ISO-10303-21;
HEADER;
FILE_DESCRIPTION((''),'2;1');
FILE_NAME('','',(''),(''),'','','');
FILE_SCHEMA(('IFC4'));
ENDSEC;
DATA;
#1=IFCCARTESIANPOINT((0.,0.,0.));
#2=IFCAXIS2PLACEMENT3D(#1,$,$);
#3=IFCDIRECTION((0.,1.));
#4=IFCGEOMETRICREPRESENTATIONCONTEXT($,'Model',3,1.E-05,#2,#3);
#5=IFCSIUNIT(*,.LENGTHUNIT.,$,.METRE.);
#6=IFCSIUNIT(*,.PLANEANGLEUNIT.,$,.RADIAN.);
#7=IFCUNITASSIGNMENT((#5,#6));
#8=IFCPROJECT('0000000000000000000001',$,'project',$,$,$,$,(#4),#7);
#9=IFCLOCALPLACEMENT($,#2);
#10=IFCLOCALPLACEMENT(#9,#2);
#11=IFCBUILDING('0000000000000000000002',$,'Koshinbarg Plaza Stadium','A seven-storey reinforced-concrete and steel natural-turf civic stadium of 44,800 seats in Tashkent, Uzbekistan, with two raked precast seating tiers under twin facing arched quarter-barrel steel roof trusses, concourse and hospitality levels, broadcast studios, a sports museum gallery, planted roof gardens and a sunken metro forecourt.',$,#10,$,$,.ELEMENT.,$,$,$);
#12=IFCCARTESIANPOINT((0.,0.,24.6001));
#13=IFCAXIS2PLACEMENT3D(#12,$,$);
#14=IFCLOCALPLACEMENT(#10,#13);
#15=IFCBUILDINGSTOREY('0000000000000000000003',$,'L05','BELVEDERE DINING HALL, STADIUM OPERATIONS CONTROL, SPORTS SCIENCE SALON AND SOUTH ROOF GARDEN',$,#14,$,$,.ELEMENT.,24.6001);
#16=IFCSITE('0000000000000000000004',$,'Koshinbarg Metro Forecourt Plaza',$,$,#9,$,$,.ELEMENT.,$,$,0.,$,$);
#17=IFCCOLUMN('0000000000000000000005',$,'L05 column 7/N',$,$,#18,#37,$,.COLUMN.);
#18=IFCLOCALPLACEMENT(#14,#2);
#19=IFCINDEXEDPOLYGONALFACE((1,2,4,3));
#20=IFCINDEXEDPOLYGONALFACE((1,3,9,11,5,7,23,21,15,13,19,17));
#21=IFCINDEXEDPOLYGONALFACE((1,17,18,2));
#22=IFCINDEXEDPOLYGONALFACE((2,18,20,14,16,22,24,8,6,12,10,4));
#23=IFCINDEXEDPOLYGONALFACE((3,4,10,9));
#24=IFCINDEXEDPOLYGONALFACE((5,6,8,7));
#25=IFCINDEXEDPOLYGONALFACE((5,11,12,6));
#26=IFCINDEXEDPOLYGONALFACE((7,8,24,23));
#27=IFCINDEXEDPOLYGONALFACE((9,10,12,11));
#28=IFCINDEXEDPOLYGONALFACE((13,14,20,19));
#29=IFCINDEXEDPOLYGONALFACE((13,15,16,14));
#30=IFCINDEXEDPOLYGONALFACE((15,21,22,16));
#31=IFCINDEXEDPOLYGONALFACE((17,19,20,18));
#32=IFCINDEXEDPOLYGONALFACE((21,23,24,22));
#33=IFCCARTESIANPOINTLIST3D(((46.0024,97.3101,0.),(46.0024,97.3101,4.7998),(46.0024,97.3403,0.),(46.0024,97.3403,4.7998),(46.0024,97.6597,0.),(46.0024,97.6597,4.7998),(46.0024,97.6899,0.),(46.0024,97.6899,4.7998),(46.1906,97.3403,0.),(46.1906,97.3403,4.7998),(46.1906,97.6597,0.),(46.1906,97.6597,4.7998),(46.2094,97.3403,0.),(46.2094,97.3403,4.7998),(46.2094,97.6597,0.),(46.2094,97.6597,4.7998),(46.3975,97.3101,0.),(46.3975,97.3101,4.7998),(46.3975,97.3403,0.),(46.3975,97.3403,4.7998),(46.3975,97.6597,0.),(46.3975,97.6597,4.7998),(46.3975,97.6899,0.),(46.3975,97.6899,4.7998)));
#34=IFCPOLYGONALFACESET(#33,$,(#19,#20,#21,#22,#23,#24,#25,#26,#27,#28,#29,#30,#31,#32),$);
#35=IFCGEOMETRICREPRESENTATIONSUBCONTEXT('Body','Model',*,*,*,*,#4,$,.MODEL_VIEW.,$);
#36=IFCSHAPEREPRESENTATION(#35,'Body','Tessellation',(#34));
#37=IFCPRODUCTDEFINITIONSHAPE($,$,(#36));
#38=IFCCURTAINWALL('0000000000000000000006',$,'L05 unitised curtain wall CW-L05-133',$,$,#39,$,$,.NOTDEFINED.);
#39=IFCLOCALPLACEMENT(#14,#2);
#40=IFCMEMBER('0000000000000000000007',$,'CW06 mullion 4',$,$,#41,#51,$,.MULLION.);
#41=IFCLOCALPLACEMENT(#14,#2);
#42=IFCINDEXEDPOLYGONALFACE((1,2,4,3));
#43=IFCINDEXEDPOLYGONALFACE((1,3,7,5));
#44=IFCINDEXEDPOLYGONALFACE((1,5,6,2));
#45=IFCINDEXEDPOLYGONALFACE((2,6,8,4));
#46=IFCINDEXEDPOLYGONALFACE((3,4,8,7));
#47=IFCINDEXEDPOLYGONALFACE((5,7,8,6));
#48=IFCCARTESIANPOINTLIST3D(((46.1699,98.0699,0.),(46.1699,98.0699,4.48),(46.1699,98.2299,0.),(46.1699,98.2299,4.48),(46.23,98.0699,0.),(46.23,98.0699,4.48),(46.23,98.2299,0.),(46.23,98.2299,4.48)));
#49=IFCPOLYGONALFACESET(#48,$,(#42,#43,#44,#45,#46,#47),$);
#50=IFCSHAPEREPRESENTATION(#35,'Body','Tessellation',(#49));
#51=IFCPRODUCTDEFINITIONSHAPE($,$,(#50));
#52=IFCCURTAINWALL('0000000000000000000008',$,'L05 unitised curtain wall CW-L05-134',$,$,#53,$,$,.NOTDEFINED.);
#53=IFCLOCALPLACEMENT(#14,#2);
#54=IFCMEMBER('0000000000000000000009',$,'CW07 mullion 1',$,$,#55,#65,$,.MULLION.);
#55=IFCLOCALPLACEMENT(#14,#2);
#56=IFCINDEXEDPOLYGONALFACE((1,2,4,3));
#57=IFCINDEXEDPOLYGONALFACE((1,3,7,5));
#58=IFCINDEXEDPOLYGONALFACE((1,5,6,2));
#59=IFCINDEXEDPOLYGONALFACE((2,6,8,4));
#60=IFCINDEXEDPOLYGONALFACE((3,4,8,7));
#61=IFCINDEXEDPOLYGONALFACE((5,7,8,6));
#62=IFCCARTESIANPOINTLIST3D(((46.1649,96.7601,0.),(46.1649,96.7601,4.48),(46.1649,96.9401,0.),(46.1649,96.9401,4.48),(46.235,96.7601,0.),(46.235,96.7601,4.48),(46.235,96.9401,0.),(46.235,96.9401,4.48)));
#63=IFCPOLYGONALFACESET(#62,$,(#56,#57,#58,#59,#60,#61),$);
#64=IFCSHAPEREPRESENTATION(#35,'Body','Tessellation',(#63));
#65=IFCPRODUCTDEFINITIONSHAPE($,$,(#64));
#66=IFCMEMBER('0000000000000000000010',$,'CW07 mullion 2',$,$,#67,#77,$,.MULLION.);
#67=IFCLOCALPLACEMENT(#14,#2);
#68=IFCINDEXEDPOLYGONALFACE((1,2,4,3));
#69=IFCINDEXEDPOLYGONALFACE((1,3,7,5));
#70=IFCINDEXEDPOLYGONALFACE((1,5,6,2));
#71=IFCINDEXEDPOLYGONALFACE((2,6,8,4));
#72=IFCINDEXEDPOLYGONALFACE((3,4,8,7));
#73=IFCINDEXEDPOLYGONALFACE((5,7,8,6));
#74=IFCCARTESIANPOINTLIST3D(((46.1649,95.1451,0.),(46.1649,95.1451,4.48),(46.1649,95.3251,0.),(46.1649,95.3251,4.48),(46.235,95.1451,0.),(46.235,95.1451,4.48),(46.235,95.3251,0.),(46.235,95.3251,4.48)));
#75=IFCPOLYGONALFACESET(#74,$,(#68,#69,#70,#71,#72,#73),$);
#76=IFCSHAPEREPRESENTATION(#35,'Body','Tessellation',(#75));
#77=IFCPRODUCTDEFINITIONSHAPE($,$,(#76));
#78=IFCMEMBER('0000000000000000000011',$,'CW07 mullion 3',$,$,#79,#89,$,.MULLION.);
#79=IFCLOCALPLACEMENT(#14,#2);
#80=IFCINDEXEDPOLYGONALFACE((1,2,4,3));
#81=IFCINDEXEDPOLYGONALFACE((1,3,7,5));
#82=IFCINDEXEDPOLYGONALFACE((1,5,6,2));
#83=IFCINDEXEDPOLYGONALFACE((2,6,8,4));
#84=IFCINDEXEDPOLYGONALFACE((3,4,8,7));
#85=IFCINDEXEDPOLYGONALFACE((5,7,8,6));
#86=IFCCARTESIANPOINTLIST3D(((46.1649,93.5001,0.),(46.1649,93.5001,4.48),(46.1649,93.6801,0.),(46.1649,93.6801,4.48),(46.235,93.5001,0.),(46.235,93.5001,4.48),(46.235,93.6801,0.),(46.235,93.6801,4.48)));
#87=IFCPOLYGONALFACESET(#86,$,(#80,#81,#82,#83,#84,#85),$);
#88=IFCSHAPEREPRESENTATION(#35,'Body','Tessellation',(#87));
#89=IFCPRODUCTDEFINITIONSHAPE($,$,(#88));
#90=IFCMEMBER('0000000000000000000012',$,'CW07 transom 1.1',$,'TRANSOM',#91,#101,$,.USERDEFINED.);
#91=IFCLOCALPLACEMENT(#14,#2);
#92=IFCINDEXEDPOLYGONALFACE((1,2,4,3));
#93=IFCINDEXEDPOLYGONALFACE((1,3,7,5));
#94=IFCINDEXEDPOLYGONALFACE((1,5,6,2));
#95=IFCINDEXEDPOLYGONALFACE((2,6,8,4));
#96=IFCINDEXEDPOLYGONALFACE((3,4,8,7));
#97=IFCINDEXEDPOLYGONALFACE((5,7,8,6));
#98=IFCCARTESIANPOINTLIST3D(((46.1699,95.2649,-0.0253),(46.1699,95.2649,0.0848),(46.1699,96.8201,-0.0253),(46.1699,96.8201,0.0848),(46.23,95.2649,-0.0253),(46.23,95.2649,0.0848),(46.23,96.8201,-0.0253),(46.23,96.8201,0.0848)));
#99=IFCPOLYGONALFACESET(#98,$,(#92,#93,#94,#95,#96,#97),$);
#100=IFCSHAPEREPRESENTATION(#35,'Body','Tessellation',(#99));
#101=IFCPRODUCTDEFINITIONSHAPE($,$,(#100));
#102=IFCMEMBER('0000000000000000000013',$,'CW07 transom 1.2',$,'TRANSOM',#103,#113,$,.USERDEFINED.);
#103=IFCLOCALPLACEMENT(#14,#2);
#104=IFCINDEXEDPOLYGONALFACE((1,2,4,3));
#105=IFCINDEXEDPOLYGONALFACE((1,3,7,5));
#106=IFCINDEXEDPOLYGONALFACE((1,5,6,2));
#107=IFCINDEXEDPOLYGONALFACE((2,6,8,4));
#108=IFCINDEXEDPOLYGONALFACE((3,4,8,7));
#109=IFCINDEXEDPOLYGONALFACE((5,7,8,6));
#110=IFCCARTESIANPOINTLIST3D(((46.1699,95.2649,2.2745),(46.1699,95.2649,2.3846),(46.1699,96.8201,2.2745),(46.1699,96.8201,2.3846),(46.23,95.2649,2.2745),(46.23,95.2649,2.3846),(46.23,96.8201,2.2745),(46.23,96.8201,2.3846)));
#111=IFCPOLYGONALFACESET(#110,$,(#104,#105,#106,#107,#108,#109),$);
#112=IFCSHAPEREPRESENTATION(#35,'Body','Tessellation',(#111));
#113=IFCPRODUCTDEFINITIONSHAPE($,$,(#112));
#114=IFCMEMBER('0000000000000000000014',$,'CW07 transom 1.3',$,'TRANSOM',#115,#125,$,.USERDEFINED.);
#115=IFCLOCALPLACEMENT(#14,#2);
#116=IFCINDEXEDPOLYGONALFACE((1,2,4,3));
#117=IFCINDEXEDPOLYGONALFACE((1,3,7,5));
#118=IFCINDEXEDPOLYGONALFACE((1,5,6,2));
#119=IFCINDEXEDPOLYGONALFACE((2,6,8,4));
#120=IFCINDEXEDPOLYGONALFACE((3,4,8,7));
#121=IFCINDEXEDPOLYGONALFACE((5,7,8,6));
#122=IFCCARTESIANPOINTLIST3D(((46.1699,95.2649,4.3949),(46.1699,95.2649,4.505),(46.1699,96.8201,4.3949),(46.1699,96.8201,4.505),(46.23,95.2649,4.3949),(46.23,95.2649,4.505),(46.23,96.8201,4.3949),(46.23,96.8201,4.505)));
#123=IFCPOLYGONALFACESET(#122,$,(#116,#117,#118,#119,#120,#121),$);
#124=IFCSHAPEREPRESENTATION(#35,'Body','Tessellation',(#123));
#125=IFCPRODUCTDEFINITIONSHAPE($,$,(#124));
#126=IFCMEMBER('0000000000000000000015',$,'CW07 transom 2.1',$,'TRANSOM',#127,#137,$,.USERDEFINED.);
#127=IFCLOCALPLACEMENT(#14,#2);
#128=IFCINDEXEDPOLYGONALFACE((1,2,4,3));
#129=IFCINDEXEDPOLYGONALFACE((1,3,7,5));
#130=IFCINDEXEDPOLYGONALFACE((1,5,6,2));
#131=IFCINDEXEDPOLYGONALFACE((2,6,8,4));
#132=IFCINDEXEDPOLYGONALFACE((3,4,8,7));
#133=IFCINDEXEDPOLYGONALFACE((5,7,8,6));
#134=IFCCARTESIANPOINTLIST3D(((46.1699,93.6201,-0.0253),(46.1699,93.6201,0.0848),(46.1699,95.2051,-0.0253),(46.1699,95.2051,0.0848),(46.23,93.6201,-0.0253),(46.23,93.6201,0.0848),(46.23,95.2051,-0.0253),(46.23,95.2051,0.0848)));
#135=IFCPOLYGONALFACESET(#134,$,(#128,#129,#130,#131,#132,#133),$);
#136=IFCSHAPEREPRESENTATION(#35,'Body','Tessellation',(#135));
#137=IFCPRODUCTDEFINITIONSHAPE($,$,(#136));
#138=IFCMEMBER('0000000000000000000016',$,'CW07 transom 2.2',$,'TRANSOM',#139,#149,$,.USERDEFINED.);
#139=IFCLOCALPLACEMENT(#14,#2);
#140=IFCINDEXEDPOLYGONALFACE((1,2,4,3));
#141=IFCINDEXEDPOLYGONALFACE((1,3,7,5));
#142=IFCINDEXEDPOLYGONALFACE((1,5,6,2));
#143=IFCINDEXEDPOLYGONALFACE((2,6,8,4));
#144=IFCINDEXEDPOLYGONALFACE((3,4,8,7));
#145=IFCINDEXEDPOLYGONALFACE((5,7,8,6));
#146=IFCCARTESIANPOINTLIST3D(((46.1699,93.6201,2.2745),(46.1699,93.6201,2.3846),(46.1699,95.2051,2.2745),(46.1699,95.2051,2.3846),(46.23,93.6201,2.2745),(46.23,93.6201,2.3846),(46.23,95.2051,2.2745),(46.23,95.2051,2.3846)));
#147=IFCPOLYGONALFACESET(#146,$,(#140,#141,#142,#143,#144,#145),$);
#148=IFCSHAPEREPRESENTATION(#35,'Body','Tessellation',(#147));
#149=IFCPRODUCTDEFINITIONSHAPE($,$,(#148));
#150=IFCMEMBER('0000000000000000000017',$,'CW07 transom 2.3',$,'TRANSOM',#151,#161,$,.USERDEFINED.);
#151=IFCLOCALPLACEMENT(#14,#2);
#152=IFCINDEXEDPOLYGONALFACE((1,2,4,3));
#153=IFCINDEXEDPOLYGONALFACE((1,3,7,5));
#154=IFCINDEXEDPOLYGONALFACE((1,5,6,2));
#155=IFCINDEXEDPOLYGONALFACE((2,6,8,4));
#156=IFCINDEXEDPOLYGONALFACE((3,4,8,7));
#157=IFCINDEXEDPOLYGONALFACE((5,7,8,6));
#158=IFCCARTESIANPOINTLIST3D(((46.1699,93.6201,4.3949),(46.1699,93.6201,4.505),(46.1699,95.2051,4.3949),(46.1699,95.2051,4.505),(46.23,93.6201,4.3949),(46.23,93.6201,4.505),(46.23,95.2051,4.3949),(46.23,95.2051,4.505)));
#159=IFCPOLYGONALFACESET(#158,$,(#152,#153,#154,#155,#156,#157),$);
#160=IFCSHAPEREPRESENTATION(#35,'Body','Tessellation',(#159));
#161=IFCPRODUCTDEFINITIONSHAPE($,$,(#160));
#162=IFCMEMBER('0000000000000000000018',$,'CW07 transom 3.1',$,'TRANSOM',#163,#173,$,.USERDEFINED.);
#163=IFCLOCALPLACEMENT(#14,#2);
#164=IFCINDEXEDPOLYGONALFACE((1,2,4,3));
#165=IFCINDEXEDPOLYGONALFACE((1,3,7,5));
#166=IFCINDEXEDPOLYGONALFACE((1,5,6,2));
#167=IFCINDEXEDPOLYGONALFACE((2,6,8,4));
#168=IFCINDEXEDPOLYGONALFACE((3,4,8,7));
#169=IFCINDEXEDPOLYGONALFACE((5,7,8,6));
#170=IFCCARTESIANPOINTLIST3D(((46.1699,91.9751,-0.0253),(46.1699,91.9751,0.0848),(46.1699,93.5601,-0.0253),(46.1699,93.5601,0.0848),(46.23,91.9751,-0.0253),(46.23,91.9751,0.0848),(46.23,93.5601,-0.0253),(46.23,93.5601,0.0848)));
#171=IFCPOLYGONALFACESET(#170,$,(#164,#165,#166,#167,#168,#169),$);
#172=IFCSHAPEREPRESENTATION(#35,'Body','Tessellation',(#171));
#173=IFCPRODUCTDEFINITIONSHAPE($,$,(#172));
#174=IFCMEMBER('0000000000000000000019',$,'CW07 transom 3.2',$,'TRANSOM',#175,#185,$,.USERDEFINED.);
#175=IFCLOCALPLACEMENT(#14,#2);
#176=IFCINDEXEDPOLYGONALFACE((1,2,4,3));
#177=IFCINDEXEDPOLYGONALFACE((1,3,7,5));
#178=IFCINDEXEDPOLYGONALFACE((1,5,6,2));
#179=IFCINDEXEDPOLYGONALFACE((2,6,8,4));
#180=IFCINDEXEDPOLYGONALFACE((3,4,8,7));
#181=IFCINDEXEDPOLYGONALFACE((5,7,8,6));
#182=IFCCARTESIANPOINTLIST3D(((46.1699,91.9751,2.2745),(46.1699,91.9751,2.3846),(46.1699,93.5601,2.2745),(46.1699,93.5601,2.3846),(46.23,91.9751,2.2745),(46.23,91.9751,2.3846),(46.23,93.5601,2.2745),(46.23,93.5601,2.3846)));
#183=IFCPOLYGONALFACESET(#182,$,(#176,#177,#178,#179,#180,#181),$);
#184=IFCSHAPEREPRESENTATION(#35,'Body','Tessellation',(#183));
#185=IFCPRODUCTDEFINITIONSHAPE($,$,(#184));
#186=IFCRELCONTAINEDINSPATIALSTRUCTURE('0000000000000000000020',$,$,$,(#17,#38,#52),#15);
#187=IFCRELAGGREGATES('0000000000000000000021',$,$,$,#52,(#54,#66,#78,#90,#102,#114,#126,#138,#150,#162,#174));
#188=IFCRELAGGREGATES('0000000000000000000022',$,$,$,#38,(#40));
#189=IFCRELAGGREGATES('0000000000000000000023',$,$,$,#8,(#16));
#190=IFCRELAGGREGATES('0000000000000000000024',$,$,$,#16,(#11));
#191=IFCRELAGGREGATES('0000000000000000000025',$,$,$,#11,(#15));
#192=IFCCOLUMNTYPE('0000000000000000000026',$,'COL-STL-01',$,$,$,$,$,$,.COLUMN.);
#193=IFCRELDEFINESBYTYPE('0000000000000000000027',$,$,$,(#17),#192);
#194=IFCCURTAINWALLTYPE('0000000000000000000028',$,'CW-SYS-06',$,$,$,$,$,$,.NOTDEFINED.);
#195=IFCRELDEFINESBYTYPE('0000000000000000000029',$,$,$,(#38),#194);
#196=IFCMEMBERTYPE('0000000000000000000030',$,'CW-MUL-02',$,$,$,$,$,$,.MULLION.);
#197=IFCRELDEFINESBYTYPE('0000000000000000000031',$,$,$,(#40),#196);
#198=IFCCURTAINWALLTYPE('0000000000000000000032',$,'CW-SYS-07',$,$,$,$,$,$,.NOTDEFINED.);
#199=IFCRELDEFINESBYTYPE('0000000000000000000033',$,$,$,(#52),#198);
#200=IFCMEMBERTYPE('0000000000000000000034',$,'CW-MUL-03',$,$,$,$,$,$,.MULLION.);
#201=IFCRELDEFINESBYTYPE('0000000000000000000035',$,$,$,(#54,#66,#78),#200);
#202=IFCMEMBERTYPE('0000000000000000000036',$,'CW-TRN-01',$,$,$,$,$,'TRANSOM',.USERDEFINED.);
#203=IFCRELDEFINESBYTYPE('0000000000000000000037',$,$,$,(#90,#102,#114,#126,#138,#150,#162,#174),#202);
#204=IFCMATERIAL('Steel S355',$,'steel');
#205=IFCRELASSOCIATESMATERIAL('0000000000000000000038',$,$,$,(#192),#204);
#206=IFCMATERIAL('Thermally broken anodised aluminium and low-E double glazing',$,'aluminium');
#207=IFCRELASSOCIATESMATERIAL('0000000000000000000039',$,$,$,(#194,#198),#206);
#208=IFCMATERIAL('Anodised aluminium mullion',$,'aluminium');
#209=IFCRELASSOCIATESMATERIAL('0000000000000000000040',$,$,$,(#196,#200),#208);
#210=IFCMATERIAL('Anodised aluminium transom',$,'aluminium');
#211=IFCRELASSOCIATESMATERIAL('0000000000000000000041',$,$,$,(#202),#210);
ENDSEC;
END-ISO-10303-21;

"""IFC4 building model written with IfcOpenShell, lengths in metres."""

from ifc_helpers import new_model, si_unit, direction, frame, origin, origin_2d, place, context, subcontext, project, spatial, rectangle, i_section, extrude, material, material_profile, profile_set, type_object, element, aggregate, save


model = new_model("IFC4")

# Units and contexts
model_context = context("Model", 3, precision=1e-05, world=origin(), true_north=direction((0.0, 1.0)))
body_context = subcontext(model_context, "Body", "Model", "MODEL_VIEW")
ifc_project = project(units=[si_unit("LENGTHUNIT", "METRE"), si_unit("PLANEANGLEUNIT", "RADIAN")], contexts=[model_context])

# Site, building, storey
site_placement = place(None, origin())
site = spatial("IfcSite", under=ifc_project, at=site_placement, Name="Koshinbarg Metro Forecourt Plaza", CompositionType="ELEMENT", RefElevation=0.0)
building_placement = place(site_placement, origin())
building = spatial("IfcBuilding", under=site, at=building_placement, Name="Koshinbarg Plaza Stadium", Description="A seven-storey reinforced-concrete and steel natural-turf civic stadium of 44,800 seats in Tashkent, Uzbekistan, with two raked precast seating tiers under twin facing arched quarter-barrel steel roof trusses, concourse and hospitality levels, broadcast studios, a sports museum gallery, planted roof gardens and a sunken metro forecourt.", CompositionType="ELEMENT")
storey_placement = place(building_placement, frame((0.0, 0.0, 24.6001)))
storey = spatial("IfcBuildingStorey", under=building, at=storey_placement, Name="L05", Description="BELVEDERE DINING HALL, STADIUM OPERATIONS CONTROL, SPORTS SCIENCE SALON AND SOUTH ROOF GARDEN", CompositionType="ELEMENT", Elevation=24.6001)

# Column
ifc_material_1 = material(Name="Steel S355", Category="steel")
ifc_material_profile_1 = material_profile(ifc_material_1, i_section(OverallWidth=0.395, OverallDepth=0.3799, WebThickness=0.0188, FlangeThickness=0.0303, at=origin_2d()), Name="HD 400x237")
ifc_profile_set_1 = profile_set([ifc_material_profile_1], Name="Steel S355")
column_type = type_object("IfcColumnType", Name="COL-STL-01", PredefinedType="COLUMN", material=ifc_profile_set_1)
column_placement = place(storey_placement, frame((46.2, 97.5, 0.0), z_axis=(0.0, 0.0, 1.0), x_axis=(1.0, 0.0, 0.0)))
element("IfcColumn", 1, at=column_placement, inside=storey, type_object=column_type, Name="L05 column 7/N", PredefinedType="COLUMN", context=body_context, shape_type="SweptSolid", body=[
    extrude(i_section(OverallWidth=0.395, OverallDepth=0.3799, WebThickness=0.0188, FlangeThickness=0.0303, at=origin_2d()), origin(), (0.0, 0.0, 1.0), 4.7998),
])

# Curtain wall, member
ifc_material_2 = material(Name="Thermally broken anodised aluminium and low-E double glazing", Category="aluminium")
curtain_wall_type_1 = type_object("IfcCurtainWallType", Name="CW-SYS-06", PredefinedType="NOTDEFINED", material=ifc_material_2)
curtain_wall_1_placement = place(storey_placement, origin())
curtain_wall_1 = element("IfcCurtainWall", 2, at=curtain_wall_1_placement, inside=storey, type_object=curtain_wall_type_1, Name="L05 unitised curtain wall CW-L05-133", PredefinedType="NOTDEFINED")
ifc_material_3 = material(Name="Anodised aluminium mullion", Category="aluminium")
ifc_material_profile_2 = material_profile(ifc_material_3, rectangle(XDim=0.0601, YDim=0.1599, at=origin_2d()), Name="ALU 60x160")
ifc_profile_set_2 = profile_set([ifc_material_profile_2], Name="Anodised aluminium mullion")
member_type_1 = type_object("IfcMemberType", Name="CW-MUL-02", PredefinedType="MULLION", material=ifc_profile_set_2)
member_1_placement = place(storey_placement, frame((46.2, 98.1499, 0.0), z_axis=(0.0, 0.0, 1.0), x_axis=(1.0, 0.0, 0.0)))
member_1 = element("IfcMember", 3, at=member_1_placement, type_object=member_type_1, Name="CW06 mullion 4", PredefinedType="MULLION", context=body_context, shape_type="SweptSolid", body=[
    extrude(rectangle(XDim=0.0601, YDim=0.1599, at=origin_2d()), origin(), (0.0, 0.0, 1.0), 4.48),
])

# Curtain wall, members
curtain_wall_type_2 = type_object("IfcCurtainWallType", Name="CW-SYS-07", PredefinedType="NOTDEFINED", material=ifc_material_2)
curtain_wall_2_placement = place(storey_placement, origin())
curtain_wall_2 = element("IfcCurtainWall", 4, at=curtain_wall_2_placement, inside=storey, type_object=curtain_wall_type_2, Name="L05 unitised curtain wall CW-L05-134", PredefinedType="NOTDEFINED")
ifc_material_profile_3 = material_profile(ifc_material_3, rectangle(XDim=0.0701, YDim=0.1799, at=origin_2d()), Name="ALU 70x180")
ifc_profile_set_3 = profile_set([ifc_material_profile_3], Name="Anodised aluminium mullion")
member_type_2 = type_object("IfcMemberType", Name="CW-MUL-03", PredefinedType="MULLION", material=ifc_profile_set_3)
member_2_placement = place(storey_placement, frame((46.2, 96.8501, 0.0), z_axis=(0.0, 0.0, 1.0), x_axis=(1.0, 0.0, 0.0)))
member_2 = element("IfcMember", 5, at=member_2_placement, type_object=member_type_2, Name="CW07 mullion 1", PredefinedType="MULLION", context=body_context, shape_type="SweptSolid", body=[
    extrude(rectangle(XDim=0.0701, YDim=0.1799, at=origin_2d()), origin(), (0.0, 0.0, 1.0), 4.48),
])
member_3_placement = place(storey_placement, frame((46.2, 95.2351, 0.0), z_axis=(0.0, 0.0, 1.0), x_axis=(1.0, 0.0, 0.0)))
member_3 = element("IfcMember", 6, at=member_3_placement, type_object=member_type_2, Name="CW07 mullion 2", PredefinedType="MULLION", context=body_context, shape_type="SweptSolid", body=[
    extrude(rectangle(XDim=0.0701, YDim=0.1799, at=origin_2d()), origin(), (0.0, 0.0, 1.0), 4.48),
])
member_4_placement = place(storey_placement, frame((46.2, 93.5901, 0.0), z_axis=(0.0, 0.0, 1.0), x_axis=(1.0, 0.0, 0.0)))
member_4 = element("IfcMember", 7, at=member_4_placement, type_object=member_type_2, Name="CW07 mullion 3", PredefinedType="MULLION", context=body_context, shape_type="SweptSolid", body=[
    extrude(rectangle(XDim=0.0701, YDim=0.1799, at=origin_2d()), origin(), (0.0, 0.0, 1.0), 4.48),
])
ifc_material_4 = material(Name="Anodised aluminium transom", Category="aluminium")
ifc_material_profile_4 = material_profile(ifc_material_4, rectangle(XDim=0.0601, YDim=0.1101, at=origin_2d()), Name="ALU 60x110")
ifc_profile_set_4 = profile_set([ifc_material_profile_4], Name="Anodised aluminium transom")
member_type_3 = type_object("IfcMemberType", Name="CW-TRN-01", ElementType="TRANSOM", PredefinedType="USERDEFINED", material=ifc_profile_set_4)
member_5_placement = place(storey_placement, frame((46.2, 96.8201, 0.0298), z_axis=(0.0, -1.0, 0.0), x_axis=(1.0, 0.0, 0.0)))
member_5 = element("IfcMember", 8, at=member_5_placement, type_object=member_type_3, Name="CW07 transom 1.1", ObjectType="TRANSOM", PredefinedType="USERDEFINED", context=body_context, shape_type="SweptSolid", body=[
    extrude(rectangle(XDim=0.0601, YDim=0.1101, at=origin_2d()), origin(), (0.0, 0.0, 1.0), 1.5552),
])
member_6_placement = place(storey_placement, frame((46.2, 96.8201, 2.3296), z_axis=(0.0, -1.0, 0.0), x_axis=(1.0, 0.0, 0.0)))
member_6 = element("IfcMember", 9, at=member_6_placement, type_object=member_type_3, Name="CW07 transom 1.2", ObjectType="TRANSOM", PredefinedType="USERDEFINED", context=body_context, shape_type="SweptSolid", body=[
    extrude(rectangle(XDim=0.0601, YDim=0.1101, at=origin_2d()), origin(), (0.0, 0.0, 1.0), 1.5552),
])
member_7_placement = place(storey_placement, frame((46.2, 96.8201, 4.45), z_axis=(0.0, -1.0, 0.0), x_axis=(1.0, 0.0, 0.0)))
member_7 = element("IfcMember", 10, at=member_7_placement, type_object=member_type_3, Name="CW07 transom 1.3", ObjectType="TRANSOM", PredefinedType="USERDEFINED", context=body_context, shape_type="SweptSolid", body=[
    extrude(rectangle(XDim=0.0601, YDim=0.1101, at=origin_2d()), origin(), (0.0, 0.0, 1.0), 1.5552),
])
member_8_placement = place(storey_placement, frame((46.2, 95.2051, 0.0298), z_axis=(0.0, -1.0, 0.0), x_axis=(1.0, 0.0, 0.0)))
member_8 = element("IfcMember", 11, at=member_8_placement, type_object=member_type_3, Name="CW07 transom 2.1", ObjectType="TRANSOM", PredefinedType="USERDEFINED", context=body_context, shape_type="SweptSolid", body=[
    extrude(rectangle(XDim=0.0601, YDim=0.1101, at=origin_2d()), origin(), (0.0, 0.0, 1.0), 1.585),
])
member_9_placement = place(storey_placement, frame((46.2, 95.2051, 2.3296), z_axis=(0.0, -1.0, 0.0), x_axis=(1.0, 0.0, 0.0)))
member_9 = element("IfcMember", 12, at=member_9_placement, type_object=member_type_3, Name="CW07 transom 2.2", ObjectType="TRANSOM", PredefinedType="USERDEFINED", context=body_context, shape_type="SweptSolid", body=[
    extrude(rectangle(XDim=0.0601, YDim=0.1101, at=origin_2d()), origin(), (0.0, 0.0, 1.0), 1.585),
])
member_10_placement = place(storey_placement, frame((46.2, 95.2051, 4.45), z_axis=(0.0, -1.0, 0.0), x_axis=(1.0, 0.0, 0.0)))
member_10 = element("IfcMember", 13, at=member_10_placement, type_object=member_type_3, Name="CW07 transom 2.3", ObjectType="TRANSOM", PredefinedType="USERDEFINED", context=body_context, shape_type="SweptSolid", body=[
    extrude(rectangle(XDim=0.0601, YDim=0.1101, at=origin_2d()), origin(), (0.0, 0.0, 1.0), 1.585),
])
member_11_placement = place(storey_placement, frame((46.2, 93.5601, 0.0298), z_axis=(0.0, -1.0, 0.0), x_axis=(1.0, 0.0, 0.0)))
member_11 = element("IfcMember", 14, at=member_11_placement, type_object=member_type_3, Name="CW07 transom 3.1", ObjectType="TRANSOM", PredefinedType="USERDEFINED", context=body_context, shape_type="SweptSolid", body=[
    extrude(rectangle(XDim=0.0601, YDim=0.1101, at=origin_2d()), origin(), (0.0, 0.0, 1.0), 1.585),
])
member_12_placement = place(storey_placement, frame((46.2, 93.5601, 2.3296), z_axis=(0.0, -1.0, 0.0), x_axis=(1.0, 0.0, 0.0)))
member_12 = element("IfcMember", 15, at=member_12_placement, type_object=member_type_3, Name="CW07 transom 3.2", ObjectType="TRANSOM", PredefinedType="USERDEFINED", context=body_context, shape_type="SweptSolid", body=[
    extrude(rectangle(XDim=0.0601, YDim=0.1101, at=origin_2d()), origin(), (0.0, 0.0, 1.0), 1.585),
])
aggregate(curtain_wall_2, [member_2, member_3, member_4, member_5, member_6, member_7, member_8, member_9, member_10, member_11, member_12])

aggregate(curtain_wall_1, [member_1])

save(model, "model.ifc")
